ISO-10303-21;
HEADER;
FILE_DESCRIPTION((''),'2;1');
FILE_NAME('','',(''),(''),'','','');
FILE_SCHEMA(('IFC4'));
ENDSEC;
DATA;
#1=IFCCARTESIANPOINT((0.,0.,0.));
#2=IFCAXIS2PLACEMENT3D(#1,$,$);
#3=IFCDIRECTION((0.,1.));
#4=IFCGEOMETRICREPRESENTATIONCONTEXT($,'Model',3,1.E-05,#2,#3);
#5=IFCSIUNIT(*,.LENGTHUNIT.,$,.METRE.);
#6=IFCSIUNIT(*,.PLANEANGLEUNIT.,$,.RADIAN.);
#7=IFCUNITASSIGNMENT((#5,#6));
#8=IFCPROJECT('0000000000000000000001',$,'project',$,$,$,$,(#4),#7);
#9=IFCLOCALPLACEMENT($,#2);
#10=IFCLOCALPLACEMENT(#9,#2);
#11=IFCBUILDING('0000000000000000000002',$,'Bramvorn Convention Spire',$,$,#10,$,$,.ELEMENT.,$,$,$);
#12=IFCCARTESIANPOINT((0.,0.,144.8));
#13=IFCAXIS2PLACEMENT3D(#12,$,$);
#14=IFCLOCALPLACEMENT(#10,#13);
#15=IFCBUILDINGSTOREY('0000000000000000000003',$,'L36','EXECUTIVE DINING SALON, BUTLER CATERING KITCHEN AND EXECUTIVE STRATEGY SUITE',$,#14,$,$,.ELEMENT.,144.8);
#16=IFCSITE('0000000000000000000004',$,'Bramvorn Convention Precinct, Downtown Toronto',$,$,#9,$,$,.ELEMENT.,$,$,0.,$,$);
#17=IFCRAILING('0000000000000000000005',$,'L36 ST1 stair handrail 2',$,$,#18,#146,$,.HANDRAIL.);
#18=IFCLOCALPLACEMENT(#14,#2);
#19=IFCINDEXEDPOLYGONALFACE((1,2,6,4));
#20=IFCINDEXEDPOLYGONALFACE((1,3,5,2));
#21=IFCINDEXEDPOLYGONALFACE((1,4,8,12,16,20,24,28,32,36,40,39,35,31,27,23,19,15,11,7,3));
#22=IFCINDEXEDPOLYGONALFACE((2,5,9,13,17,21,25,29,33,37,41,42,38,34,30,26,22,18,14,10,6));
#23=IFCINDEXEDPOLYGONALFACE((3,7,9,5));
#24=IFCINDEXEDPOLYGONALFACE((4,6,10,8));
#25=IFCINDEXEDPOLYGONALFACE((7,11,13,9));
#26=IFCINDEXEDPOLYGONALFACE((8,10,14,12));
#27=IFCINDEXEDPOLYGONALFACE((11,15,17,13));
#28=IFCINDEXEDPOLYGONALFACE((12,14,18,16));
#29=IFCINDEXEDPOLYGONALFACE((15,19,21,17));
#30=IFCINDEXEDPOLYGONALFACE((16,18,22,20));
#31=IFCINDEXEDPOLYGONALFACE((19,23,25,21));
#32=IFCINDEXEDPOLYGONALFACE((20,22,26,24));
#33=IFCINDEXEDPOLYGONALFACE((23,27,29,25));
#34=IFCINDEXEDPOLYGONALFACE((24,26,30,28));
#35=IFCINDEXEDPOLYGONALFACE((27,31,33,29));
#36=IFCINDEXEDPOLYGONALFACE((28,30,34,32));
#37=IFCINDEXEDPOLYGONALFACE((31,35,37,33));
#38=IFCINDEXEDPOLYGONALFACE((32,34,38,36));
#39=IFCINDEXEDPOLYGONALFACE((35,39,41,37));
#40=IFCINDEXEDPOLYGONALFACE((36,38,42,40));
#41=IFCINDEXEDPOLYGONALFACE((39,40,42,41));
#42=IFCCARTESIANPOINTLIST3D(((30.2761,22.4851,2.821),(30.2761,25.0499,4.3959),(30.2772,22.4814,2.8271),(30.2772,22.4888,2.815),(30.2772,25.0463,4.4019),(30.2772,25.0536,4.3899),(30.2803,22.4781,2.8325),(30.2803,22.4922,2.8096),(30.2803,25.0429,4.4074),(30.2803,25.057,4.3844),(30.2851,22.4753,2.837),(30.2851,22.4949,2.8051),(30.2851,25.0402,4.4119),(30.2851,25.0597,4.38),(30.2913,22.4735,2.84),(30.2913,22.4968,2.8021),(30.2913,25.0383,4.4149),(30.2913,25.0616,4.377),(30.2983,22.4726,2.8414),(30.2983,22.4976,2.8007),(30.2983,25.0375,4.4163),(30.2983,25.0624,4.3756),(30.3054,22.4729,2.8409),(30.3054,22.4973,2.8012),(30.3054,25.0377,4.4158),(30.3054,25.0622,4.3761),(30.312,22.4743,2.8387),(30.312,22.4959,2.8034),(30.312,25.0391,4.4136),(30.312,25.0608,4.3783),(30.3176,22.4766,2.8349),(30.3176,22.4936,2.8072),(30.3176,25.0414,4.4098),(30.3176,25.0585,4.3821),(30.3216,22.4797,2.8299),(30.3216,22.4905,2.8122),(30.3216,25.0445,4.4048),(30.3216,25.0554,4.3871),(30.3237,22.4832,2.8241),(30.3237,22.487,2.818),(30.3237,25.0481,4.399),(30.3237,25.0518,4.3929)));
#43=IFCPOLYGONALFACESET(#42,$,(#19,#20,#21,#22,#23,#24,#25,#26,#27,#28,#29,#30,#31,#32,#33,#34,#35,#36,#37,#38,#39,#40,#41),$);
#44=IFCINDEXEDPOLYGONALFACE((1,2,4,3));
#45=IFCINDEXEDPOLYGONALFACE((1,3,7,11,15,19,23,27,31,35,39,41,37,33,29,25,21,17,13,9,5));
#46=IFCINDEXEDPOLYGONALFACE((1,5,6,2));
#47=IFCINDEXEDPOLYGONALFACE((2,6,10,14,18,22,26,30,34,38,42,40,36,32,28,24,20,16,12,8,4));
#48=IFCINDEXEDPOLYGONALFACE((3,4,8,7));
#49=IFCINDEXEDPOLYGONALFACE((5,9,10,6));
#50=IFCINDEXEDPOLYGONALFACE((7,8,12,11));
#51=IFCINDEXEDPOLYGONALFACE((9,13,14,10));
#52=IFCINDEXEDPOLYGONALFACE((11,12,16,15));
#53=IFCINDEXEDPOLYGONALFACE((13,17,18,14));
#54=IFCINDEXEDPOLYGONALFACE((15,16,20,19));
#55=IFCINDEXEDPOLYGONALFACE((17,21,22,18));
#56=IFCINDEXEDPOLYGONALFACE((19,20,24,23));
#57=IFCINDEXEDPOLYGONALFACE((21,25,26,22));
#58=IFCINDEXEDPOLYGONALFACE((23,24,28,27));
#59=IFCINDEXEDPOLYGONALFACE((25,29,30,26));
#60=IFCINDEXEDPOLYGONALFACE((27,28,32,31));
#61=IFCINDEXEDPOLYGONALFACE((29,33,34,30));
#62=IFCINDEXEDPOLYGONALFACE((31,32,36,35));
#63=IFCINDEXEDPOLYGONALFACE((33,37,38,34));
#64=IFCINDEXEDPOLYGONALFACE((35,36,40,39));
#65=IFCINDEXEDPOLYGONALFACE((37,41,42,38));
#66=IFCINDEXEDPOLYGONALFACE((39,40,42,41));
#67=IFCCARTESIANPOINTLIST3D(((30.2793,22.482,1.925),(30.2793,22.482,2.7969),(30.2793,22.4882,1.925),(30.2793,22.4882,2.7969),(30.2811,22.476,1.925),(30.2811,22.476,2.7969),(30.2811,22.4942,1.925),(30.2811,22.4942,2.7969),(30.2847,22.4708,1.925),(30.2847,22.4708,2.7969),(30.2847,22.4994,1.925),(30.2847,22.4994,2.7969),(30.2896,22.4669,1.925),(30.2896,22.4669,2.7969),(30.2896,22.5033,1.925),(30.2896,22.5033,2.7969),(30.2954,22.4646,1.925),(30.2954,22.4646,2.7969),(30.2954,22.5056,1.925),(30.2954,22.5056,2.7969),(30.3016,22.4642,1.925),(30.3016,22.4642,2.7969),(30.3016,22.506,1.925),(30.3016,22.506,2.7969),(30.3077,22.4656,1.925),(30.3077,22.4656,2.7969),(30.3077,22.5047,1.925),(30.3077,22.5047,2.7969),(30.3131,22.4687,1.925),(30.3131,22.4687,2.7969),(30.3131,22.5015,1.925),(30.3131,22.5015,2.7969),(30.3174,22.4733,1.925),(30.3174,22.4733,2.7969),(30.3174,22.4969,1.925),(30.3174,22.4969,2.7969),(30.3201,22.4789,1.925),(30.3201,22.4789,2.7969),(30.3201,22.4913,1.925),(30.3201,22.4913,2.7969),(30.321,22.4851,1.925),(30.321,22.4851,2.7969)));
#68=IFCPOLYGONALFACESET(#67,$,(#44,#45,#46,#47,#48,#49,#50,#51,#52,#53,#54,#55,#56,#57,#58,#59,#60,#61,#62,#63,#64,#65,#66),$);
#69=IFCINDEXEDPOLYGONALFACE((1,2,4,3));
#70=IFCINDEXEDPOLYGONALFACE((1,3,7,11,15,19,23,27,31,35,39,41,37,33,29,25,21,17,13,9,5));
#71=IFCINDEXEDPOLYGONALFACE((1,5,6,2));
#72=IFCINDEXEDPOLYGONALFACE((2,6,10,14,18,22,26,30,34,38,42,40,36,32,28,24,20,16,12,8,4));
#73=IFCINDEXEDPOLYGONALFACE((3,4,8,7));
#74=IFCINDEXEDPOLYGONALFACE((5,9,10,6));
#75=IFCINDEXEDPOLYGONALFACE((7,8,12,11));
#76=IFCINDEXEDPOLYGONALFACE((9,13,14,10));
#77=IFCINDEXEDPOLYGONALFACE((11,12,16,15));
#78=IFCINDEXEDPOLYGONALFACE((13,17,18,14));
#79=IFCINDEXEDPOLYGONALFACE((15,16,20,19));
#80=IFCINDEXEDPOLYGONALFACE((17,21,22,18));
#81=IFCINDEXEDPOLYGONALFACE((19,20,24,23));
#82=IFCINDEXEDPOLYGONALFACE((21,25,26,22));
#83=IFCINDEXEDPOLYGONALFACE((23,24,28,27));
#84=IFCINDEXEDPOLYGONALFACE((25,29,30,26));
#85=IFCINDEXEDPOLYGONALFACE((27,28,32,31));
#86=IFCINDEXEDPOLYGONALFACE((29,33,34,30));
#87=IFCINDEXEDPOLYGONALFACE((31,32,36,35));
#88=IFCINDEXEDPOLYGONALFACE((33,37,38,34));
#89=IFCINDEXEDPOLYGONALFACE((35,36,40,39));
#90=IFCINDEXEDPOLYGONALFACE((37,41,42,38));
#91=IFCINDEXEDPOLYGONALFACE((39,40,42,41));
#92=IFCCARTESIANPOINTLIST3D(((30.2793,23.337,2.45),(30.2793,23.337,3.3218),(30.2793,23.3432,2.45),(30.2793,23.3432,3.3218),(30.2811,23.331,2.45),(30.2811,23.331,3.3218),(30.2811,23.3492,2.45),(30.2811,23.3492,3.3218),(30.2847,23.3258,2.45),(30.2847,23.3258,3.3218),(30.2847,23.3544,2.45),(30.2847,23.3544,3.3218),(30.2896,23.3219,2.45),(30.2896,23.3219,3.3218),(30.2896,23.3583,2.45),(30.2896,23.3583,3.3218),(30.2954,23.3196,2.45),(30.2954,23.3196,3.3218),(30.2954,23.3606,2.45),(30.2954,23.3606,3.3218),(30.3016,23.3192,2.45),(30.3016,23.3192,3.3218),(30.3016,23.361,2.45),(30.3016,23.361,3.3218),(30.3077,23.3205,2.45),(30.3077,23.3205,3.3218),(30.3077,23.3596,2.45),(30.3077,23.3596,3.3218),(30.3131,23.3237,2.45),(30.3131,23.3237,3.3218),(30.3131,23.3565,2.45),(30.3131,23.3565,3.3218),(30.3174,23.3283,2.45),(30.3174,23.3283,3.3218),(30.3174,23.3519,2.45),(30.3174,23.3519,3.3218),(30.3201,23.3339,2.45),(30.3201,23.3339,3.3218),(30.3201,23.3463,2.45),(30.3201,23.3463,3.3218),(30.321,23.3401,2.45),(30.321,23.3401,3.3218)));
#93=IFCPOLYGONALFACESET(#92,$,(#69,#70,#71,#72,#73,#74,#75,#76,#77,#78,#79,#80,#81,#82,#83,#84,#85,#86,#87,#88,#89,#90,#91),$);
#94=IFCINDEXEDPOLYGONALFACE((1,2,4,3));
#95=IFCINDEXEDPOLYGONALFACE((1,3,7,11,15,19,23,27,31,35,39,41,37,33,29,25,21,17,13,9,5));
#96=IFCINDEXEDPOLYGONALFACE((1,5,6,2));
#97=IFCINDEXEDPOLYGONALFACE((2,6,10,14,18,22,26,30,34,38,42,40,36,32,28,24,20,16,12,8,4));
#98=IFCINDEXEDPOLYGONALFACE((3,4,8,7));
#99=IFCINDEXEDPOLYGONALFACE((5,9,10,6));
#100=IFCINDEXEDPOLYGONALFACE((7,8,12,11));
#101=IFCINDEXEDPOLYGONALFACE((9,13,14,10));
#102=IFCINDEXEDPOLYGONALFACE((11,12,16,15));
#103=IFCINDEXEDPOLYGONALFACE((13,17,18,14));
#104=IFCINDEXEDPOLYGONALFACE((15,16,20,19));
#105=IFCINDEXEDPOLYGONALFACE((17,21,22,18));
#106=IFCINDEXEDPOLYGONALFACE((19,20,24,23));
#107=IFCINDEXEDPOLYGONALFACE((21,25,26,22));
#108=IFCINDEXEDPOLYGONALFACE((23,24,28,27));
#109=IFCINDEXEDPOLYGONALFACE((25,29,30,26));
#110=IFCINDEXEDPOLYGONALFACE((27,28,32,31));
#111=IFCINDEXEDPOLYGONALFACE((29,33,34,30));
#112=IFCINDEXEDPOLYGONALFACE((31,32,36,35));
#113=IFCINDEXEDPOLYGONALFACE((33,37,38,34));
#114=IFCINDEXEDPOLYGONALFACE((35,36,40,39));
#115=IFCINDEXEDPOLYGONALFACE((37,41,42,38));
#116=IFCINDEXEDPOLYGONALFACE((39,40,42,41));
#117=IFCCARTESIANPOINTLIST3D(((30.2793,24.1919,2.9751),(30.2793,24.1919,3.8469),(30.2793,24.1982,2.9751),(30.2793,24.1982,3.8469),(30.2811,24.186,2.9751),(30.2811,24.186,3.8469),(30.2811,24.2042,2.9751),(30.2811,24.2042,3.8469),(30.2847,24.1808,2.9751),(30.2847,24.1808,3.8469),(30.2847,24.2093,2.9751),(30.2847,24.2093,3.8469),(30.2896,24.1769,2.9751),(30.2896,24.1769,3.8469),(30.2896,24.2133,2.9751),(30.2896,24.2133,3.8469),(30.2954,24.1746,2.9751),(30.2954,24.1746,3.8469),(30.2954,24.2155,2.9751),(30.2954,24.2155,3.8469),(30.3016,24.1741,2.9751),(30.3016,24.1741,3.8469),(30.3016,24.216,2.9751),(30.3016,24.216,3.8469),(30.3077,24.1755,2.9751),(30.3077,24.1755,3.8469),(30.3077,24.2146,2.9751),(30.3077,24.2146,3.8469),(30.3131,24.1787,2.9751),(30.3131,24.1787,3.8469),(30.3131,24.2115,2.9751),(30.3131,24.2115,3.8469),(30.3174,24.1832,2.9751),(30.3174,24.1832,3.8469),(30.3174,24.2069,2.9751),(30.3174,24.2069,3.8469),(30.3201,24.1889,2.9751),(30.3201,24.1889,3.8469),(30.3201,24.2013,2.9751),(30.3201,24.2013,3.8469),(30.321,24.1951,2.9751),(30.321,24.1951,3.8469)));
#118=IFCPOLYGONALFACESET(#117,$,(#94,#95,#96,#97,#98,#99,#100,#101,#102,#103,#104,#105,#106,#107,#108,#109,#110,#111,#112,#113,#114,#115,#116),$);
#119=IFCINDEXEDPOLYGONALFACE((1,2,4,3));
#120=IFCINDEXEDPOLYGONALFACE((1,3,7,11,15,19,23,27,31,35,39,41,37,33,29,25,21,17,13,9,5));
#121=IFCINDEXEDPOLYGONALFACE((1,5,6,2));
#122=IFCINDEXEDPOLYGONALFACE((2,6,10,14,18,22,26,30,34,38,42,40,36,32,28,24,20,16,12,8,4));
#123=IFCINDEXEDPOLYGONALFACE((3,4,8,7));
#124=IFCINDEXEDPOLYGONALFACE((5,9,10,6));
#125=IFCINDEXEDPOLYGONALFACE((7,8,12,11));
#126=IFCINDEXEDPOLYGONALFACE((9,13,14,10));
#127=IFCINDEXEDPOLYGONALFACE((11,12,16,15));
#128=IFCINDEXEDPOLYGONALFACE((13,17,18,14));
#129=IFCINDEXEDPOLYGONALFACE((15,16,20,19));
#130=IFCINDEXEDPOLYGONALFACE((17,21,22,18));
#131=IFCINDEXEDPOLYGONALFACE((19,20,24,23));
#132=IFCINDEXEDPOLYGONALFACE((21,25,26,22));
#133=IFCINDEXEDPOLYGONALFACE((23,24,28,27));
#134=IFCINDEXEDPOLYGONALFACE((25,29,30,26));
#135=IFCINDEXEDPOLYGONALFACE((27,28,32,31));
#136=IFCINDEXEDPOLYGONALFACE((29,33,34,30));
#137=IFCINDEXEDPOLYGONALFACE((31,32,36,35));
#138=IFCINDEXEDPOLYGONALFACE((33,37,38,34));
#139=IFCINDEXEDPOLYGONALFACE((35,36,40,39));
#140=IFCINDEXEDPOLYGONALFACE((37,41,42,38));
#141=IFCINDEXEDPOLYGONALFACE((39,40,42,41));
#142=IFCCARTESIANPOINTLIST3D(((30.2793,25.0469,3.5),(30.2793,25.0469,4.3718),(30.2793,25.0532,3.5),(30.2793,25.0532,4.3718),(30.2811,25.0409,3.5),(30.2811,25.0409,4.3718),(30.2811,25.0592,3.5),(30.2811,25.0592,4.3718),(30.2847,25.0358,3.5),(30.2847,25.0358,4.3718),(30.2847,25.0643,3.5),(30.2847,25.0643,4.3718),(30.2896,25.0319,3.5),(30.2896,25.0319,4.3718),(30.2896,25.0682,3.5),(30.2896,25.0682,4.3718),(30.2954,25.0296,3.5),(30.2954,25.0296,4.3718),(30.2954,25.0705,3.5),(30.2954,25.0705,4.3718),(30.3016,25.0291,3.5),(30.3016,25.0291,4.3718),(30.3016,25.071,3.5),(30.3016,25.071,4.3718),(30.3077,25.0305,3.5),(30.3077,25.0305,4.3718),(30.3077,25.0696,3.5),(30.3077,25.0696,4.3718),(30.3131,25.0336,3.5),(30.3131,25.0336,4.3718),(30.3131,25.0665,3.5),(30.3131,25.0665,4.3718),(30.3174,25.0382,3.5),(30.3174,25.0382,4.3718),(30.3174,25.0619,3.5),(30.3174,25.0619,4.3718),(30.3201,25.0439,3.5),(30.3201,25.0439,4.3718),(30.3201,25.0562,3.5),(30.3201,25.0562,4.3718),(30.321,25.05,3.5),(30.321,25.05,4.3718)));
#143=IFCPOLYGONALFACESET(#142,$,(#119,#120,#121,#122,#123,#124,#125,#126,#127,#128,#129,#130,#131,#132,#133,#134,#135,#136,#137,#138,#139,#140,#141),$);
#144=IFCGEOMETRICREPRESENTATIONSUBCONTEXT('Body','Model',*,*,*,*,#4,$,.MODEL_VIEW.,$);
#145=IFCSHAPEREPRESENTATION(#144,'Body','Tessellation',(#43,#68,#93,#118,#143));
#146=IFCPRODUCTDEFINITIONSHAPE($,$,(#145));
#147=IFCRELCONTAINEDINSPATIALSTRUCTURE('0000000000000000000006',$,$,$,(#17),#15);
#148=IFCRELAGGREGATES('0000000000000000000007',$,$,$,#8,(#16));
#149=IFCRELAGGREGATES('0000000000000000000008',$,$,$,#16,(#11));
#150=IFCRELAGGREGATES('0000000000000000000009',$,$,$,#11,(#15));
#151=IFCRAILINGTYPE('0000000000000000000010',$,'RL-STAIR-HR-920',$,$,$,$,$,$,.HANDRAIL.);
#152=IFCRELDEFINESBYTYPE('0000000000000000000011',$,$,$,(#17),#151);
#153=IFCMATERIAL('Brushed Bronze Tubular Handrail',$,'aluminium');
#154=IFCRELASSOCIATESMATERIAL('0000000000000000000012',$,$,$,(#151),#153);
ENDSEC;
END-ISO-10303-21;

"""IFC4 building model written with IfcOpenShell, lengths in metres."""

from ifc_helpers import new_model, si_unit, direction, frame, origin, origin_2d, place, context, subcontext, project, spatial, circle, extrude, material, type_object, element, save


model = new_model("IFC4")

# Units and contexts
model_context = context("Model", 3, precision=1e-05, world=origin(), true_north=direction((0.0, 1.0)))
body_context = subcontext(model_context, "Body", "Model", "MODEL_VIEW")
ifc_project = project(units=[si_unit("LENGTHUNIT", "METRE"), si_unit("PLANEANGLEUNIT", "RADIAN")], contexts=[model_context])

# Site, building, storey
site_placement = place(None, origin())
site = spatial("IfcSite", under=ifc_project, at=site_placement, Name="Bramvorn Convention Precinct, Downtown Toronto", CompositionType="ELEMENT", RefElevation=0.0)
building_placement = place(site_placement, origin())
building = spatial("IfcBuilding", under=site, at=building_placement, Name="Bramvorn Convention Spire", CompositionType="ELEMENT")
storey_placement = place(building_placement, frame((0.0, 0.0, 144.8)))
storey = spatial("IfcBuildingStorey", under=building, at=storey_placement, Name="L36", Description="EXECUTIVE DINING SALON, BUTLER CATERING KITCHEN AND EXECUTIVE STRATEGY SUITE", CompositionType="ELEMENT", Elevation=144.8)

# Railing
ifc_material_1 = material(Name="Brushed Bronze Tubular Handrail", Category="aluminium")
railing_type_1 = type_object("IfcRailingType", Name="RL-STAIR-HR-920", PredefinedType="HANDRAIL", material=ifc_material_1)
for number, where, name in (
    (1, (30.3, 22.4851, 1.925), "L36 ST1 stair handrail 2"),
):
    element("IfcRailing", number, at=place(storey_placement, frame(where)), inside=storey, type_object=railing_type_1, Name=name, PredefinedType="HANDRAIL", context=body_context, shape_type="SweptSolid", body=[
        extrude(circle(Radius=0.0239, at=origin_2d()), frame((0.0, 0.0, 0.896), z_axis=(0.0, 0.852173, 0.52326), x_axis=(-1.0, 0.0, 0.0)), (0.0, 0.0, 1.0), 3.0098),
        extrude(circle(Radius=0.021, at=origin_2d()), origin(), (0.0, 0.0, 1.0), 0.8718),
        extrude(circle(Radius=0.021, at=origin_2d()), frame((0.0, 0.855, 0.5249)), (0.0, 0.0, 1.0), 0.8718),
        extrude(circle(Radius=0.021, at=origin_2d()), frame((0.0, 1.71, 1.05)), (0.0, 0.0, 1.0), 0.8718),
        extrude(circle(Radius=0.021, at=origin_2d()), frame((0.0, 2.5649, 1.575)), (0.0, 0.0, 1.0), 0.8718),
    ])

save(model, "model.ifc")
